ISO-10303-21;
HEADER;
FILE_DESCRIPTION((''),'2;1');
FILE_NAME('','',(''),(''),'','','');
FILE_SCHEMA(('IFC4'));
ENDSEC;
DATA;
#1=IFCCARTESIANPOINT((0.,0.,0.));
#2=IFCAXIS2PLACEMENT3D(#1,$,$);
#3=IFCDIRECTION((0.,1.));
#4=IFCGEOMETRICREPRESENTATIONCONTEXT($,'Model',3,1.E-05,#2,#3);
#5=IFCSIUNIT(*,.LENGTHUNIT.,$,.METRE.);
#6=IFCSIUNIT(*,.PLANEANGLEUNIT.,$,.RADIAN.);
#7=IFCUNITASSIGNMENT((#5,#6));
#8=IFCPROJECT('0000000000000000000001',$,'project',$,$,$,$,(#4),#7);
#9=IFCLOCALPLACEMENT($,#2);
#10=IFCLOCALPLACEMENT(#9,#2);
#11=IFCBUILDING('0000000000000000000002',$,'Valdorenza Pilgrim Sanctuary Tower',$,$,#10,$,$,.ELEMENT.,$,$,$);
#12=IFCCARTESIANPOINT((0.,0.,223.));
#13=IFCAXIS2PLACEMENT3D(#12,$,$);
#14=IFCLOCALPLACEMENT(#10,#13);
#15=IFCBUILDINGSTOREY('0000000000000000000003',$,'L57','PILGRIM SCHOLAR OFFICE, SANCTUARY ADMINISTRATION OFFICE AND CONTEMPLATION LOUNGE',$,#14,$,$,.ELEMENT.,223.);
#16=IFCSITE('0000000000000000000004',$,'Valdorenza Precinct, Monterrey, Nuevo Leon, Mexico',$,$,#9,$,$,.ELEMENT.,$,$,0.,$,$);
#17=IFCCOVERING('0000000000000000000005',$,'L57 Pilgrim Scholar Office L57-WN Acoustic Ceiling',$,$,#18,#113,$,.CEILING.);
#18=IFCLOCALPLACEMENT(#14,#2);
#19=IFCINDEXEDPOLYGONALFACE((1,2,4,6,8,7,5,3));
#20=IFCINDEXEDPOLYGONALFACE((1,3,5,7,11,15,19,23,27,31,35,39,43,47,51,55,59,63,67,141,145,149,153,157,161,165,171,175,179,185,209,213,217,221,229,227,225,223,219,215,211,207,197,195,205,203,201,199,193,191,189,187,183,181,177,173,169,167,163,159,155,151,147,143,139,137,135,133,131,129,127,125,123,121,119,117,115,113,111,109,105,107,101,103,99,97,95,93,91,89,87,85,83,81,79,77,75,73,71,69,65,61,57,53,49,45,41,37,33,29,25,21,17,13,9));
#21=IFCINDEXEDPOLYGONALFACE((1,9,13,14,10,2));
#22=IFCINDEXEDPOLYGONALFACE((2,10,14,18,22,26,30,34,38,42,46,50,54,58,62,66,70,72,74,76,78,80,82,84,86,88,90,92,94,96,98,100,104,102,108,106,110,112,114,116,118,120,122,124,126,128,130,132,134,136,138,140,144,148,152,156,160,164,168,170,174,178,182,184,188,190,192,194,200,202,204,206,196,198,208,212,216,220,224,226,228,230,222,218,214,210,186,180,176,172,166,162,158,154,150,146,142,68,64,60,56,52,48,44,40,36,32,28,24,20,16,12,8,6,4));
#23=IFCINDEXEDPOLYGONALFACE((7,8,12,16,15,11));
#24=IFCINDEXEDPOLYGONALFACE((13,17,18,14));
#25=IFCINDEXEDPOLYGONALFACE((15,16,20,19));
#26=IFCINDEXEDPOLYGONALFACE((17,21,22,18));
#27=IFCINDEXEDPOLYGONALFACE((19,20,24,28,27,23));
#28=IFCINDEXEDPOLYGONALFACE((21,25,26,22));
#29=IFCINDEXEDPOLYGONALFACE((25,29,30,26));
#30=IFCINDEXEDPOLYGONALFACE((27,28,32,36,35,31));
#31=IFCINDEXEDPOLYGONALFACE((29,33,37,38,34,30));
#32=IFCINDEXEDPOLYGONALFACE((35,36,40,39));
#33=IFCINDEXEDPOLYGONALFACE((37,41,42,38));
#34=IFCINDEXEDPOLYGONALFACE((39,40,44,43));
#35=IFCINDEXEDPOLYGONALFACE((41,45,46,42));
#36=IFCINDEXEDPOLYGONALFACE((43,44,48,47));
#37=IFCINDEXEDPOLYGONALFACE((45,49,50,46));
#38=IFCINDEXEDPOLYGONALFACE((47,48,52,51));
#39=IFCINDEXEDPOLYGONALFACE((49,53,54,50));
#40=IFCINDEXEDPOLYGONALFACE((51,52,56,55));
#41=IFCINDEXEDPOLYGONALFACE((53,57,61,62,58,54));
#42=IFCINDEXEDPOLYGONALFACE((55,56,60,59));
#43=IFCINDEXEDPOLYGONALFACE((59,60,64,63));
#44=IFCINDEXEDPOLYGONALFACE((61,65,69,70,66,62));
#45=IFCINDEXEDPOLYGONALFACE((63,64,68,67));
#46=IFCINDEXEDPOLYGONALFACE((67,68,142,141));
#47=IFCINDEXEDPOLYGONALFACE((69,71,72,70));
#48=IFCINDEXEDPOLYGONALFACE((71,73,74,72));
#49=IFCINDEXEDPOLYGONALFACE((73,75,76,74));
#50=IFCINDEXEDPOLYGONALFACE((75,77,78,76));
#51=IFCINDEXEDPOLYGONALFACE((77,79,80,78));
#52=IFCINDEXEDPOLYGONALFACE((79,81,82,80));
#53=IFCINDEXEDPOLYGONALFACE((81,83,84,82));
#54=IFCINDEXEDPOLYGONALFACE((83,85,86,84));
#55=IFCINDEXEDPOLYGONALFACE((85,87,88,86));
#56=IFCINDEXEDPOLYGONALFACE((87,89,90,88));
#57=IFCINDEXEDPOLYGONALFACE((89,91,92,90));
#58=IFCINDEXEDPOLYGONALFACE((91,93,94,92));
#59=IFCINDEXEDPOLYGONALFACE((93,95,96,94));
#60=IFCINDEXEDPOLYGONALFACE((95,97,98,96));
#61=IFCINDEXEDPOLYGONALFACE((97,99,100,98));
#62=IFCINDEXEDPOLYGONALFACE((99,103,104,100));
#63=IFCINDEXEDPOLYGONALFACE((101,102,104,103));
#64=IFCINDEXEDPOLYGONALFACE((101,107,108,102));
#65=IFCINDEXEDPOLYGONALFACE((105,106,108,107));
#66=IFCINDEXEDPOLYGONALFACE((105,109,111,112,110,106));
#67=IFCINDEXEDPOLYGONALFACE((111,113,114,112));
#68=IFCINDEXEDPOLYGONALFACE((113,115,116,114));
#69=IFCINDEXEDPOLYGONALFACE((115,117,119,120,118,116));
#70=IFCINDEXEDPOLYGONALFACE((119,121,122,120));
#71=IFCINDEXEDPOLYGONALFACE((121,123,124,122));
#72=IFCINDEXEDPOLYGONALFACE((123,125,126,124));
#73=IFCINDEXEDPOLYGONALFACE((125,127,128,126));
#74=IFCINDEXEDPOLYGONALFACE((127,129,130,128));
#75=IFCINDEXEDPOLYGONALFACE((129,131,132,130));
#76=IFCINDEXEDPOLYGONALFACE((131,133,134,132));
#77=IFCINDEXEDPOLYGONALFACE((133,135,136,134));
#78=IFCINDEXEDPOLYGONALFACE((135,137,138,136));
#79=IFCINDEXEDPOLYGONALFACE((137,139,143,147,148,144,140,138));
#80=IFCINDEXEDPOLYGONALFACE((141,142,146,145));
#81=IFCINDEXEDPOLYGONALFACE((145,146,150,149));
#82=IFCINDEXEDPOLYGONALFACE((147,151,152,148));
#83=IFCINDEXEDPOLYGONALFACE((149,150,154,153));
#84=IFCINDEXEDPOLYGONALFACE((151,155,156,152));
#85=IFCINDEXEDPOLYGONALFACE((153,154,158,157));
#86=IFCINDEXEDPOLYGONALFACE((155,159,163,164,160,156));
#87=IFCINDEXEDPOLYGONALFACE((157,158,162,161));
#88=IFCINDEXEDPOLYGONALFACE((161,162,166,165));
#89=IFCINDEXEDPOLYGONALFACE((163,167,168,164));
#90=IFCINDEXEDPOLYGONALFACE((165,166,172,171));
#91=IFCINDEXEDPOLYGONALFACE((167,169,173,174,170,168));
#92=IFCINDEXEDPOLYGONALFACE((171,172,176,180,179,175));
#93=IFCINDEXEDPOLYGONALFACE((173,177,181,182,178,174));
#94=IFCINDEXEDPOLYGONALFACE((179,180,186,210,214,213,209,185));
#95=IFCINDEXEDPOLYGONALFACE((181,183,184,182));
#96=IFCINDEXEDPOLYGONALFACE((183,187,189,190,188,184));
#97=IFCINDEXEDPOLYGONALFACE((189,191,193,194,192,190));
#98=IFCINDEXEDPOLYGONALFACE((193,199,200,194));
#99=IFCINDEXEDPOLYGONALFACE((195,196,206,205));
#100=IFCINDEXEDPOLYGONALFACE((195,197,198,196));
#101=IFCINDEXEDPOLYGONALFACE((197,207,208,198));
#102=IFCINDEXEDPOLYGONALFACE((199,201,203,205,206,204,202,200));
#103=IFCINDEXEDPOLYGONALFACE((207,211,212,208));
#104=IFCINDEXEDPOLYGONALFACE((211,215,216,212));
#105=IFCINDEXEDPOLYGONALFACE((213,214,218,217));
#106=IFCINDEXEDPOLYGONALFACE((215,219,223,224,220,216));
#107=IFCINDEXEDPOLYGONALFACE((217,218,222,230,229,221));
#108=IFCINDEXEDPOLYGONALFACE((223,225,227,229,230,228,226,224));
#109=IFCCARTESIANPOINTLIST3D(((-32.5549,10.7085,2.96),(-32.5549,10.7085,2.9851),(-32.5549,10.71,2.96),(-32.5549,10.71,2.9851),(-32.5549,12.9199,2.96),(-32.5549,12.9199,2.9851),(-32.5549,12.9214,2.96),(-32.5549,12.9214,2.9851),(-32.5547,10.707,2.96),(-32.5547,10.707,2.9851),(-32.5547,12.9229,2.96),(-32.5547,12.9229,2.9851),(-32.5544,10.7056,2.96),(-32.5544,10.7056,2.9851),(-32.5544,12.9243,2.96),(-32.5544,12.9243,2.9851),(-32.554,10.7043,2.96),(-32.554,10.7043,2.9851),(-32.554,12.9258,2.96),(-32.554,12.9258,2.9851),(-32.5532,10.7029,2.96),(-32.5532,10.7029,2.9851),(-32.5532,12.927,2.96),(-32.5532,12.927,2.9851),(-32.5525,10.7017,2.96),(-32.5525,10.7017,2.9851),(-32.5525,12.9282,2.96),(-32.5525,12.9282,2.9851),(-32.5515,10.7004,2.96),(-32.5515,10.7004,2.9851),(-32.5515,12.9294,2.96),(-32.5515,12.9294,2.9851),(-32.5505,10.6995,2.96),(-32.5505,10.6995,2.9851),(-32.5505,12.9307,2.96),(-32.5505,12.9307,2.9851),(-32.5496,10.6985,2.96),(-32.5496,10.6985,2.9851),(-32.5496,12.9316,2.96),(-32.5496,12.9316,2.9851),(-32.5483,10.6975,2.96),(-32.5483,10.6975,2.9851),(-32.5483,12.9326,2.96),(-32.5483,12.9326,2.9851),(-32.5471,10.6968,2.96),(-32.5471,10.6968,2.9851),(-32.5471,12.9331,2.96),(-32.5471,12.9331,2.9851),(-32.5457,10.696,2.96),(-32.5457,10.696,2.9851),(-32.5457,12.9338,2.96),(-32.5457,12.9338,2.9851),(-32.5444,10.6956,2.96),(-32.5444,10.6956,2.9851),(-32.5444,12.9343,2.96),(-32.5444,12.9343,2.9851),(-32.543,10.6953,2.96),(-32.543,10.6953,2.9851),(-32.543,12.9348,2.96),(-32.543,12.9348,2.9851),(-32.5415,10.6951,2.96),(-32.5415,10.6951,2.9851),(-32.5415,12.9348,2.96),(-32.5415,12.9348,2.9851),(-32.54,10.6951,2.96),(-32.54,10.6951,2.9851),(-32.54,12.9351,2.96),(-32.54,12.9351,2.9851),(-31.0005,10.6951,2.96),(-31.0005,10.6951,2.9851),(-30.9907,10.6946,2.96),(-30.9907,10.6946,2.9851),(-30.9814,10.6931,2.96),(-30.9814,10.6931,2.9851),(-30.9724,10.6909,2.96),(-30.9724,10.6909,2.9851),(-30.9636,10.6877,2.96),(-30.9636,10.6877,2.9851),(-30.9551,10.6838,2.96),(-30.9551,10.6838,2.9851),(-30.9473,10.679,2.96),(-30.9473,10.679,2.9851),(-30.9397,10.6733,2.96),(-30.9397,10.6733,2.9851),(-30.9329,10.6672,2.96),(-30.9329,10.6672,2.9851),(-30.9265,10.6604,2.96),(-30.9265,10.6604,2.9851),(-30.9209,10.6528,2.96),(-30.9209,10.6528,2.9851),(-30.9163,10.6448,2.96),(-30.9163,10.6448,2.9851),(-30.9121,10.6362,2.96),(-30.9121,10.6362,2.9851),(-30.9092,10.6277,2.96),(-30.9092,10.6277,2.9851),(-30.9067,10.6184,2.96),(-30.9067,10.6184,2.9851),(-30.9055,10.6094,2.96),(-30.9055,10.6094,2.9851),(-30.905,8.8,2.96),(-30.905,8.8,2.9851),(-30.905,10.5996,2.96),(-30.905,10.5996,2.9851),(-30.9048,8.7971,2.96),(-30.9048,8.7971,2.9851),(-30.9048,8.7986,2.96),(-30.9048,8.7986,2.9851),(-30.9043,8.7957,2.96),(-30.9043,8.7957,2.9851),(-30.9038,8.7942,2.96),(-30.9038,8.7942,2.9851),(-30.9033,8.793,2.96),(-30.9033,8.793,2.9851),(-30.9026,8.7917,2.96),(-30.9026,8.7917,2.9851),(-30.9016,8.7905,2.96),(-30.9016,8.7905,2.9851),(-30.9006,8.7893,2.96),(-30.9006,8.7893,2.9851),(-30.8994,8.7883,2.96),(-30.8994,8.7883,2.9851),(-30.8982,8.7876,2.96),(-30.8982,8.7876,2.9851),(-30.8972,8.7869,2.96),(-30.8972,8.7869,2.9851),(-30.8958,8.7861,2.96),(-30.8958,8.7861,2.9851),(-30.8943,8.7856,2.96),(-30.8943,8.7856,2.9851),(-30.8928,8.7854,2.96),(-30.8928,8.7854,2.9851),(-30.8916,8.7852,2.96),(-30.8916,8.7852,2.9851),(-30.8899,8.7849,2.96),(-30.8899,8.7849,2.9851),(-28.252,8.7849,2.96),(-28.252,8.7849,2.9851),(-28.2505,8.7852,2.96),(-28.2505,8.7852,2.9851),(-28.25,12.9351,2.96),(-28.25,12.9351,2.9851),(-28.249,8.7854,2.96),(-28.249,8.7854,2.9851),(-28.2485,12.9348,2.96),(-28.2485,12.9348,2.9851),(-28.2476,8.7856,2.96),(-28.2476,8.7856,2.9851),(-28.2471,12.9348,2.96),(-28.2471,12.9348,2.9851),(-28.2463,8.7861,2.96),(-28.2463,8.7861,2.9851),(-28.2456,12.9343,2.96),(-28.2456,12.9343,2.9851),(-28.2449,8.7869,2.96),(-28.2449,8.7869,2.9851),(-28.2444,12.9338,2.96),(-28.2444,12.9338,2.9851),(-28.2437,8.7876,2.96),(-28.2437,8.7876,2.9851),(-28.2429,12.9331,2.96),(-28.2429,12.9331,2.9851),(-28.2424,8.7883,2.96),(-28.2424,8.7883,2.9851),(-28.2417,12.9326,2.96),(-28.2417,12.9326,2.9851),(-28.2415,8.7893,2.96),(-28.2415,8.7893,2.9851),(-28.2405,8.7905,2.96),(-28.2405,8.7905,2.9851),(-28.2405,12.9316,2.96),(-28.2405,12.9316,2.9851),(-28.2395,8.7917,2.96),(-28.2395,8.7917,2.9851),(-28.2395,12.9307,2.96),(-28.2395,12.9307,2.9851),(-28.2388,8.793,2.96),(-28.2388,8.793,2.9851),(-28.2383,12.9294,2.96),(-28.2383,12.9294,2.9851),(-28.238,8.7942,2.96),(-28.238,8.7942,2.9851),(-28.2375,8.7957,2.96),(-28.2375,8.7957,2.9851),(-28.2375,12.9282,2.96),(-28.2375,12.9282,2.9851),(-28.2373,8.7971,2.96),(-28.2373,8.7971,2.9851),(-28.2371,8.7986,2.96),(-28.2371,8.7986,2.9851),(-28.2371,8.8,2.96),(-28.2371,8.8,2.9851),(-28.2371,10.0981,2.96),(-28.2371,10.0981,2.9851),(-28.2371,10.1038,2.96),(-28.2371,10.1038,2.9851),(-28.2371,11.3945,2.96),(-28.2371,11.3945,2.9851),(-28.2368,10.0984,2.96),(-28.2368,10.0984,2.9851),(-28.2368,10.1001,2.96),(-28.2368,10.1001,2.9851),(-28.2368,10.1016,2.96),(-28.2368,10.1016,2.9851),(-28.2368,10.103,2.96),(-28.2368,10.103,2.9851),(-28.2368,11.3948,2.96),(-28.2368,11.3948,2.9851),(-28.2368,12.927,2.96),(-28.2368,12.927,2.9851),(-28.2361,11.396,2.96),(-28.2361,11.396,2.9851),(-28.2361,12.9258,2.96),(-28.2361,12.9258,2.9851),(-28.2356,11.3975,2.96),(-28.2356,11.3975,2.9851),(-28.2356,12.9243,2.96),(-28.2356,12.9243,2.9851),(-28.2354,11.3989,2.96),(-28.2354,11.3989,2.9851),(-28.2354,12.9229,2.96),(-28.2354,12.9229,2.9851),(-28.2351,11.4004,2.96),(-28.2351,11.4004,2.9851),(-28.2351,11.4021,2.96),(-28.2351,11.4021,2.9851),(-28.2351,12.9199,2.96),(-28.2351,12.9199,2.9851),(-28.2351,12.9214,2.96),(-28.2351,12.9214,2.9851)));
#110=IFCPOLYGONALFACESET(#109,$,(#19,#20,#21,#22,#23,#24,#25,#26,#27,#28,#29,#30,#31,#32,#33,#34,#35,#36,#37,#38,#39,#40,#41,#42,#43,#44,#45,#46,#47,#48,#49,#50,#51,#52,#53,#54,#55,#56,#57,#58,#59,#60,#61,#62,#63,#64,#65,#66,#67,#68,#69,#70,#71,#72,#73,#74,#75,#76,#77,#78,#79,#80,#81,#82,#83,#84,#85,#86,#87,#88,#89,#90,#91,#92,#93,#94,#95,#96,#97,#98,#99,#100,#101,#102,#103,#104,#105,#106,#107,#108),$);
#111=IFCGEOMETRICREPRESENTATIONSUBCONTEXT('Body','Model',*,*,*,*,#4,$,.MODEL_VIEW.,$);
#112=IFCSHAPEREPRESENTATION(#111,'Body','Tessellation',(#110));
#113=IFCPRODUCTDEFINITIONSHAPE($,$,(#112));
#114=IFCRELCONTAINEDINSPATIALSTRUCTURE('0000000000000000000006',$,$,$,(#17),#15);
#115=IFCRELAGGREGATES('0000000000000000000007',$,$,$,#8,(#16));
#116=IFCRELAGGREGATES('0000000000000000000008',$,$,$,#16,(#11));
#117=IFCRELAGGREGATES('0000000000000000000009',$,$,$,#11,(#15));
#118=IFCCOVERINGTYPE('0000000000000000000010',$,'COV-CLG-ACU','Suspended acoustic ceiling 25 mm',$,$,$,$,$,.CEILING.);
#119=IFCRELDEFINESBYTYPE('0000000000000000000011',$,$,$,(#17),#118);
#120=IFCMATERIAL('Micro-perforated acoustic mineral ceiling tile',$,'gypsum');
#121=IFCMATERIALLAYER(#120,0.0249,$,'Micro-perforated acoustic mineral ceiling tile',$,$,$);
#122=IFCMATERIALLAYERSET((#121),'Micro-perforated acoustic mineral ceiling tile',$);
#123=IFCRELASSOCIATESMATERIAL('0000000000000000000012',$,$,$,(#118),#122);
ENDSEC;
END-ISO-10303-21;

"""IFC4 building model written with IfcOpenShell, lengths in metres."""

from ifc_helpers import new_model, si_unit, direction, frame, origin, place, context, subcontext, project, spatial, polyline, outline, extrude, material, layer, layer_set, type_object, element, save


model = new_model("IFC4")

# Units and contexts
model_context = context("Model", 3, precision=1e-05, world=origin(), true_north=direction((0.0, 1.0)))
body_context = subcontext(model_context, "Body", "Model", "MODEL_VIEW")
ifc_project = project(units=[si_unit("LENGTHUNIT", "METRE"), si_unit("PLANEANGLEUNIT", "RADIAN")], contexts=[model_context])

# Site, building, storey
site_placement = place(None, origin())
site = spatial("IfcSite", under=ifc_project, at=site_placement, Name="Valdorenza Precinct, Monterrey, Nuevo Leon, Mexico", CompositionType="ELEMENT", RefElevation=0.0)
building_placement = place(site_placement, origin())
building = spatial("IfcBuilding", under=site, at=building_placement, Name="Valdorenza Pilgrim Sanctuary Tower", CompositionType="ELEMENT")
storey_placement = place(building_placement, frame((0.0, 0.0, 223.0)))
storey = spatial("IfcBuildingStorey", under=building, at=storey_placement, Name="L57", Description="PILGRIM SCHOLAR OFFICE, SANCTUARY ADMINISTRATION OFFICE AND CONTEMPLATION LOUNGE", CompositionType="ELEMENT", Elevation=223.0)

# Covering
ifc_material_1 = material(Name="Micro-perforated acoustic mineral ceiling tile", Category="gypsum")
ifc_layer_1 = layer(ifc_material_1, 0.0249, Name="Micro-perforated acoustic mineral ceiling tile")
ifc_layer_set_1 = layer_set([ifc_layer_1], Name="Micro-perforated acoustic mineral ceiling tile")
covering_type_1 = type_object("IfcCoveringType", Name="COV-CLG-ACU", Description="Suspended acoustic ceiling 25 mm", PredefinedType="CEILING", material=ifc_layer_set_1)
covering_1_placement = place(storey_placement, frame((0.0, 0.0, 2.96)))
element("IfcCovering", 1, at=covering_1_placement, inside=storey, type_object=covering_type_1, Name="L57 Pilgrim Scholar Office L57-WN Acoustic Ceiling", PredefinedType="CEILING", context=body_context, shape_type="SweptSolid", body=[
    extrude(outline(polyline([(-28.2371, 11.3945), (-28.2371, 10.1038), (-28.2368, 10.103), (-28.2368, 10.1016), (-28.2368, 10.1001), (-28.2368, 10.0984), (-28.2371, 10.0981), (-28.2371, 8.8), (-28.2371, 8.7986), (-28.2373, 8.7971), (-28.2375, 8.7957), (-28.238, 8.7942), (-28.2388, 8.793), (-28.2395, 8.7917), (-28.2405, 8.7905), (-28.2415, 8.7893), (-28.2424, 8.7883), (-28.2437, 8.7876), (-28.2449, 8.7869), (-28.2463, 8.7861), (-28.2476, 8.7856), (-28.249, 8.7854), (-28.2505, 8.7852), (-28.252, 8.7849), (-30.8899, 8.7849), (-30.8916, 8.7852), (-30.8928, 8.7854), (-30.8943, 8.7856), (-30.8958, 8.7861), (-30.8972, 8.7869), (-30.8982, 8.7876), (-30.8994, 8.7883), (-30.9006, 8.7893), (-30.9016, 8.7905), (-30.9026, 8.7917), (-30.9033, 8.793), (-30.9038, 8.7942), (-30.9043, 8.7957), (-30.9048, 8.7971), (-30.9048, 8.7986), (-30.905, 8.8), (-30.905, 10.5996), (-30.9055, 10.6094), (-30.9067, 10.6184), (-30.9092, 10.6277), (-30.9121, 10.6362), (-30.9163, 10.6448), (-30.9209, 10.6528), (-30.9265, 10.6604), (-30.9329, 10.6672), (-30.9397, 10.6733), (-30.9473, 10.679), (-30.9551, 10.6838), (-30.9636, 10.6877), (-30.9724, 10.6909), (-30.9814, 10.6931), (-30.9907, 10.6946), (-31.0005, 10.6951), (-32.54, 10.6951), (-32.5415, 10.6951), (-32.543, 10.6953), (-32.5444, 10.6956), (-32.5457, 10.696), (-32.5471, 10.6968), (-32.5483, 10.6975), (-32.5496, 10.6985), (-32.5505, 10.6995), (-32.5515, 10.7004), (-32.5525, 10.7017), (-32.5532, 10.7029), (-32.554, 10.7043), (-32.5544, 10.7056), (-32.5547, 10.707), (-32.5549, 10.7085), (-32.5549, 10.71), (-32.5549, 12.9199), (-32.5549, 12.9214), (-32.5547, 12.9229), (-32.5544, 12.9243), (-32.554, 12.9258), (-32.5532, 12.927), (-32.5525, 12.9282), (-32.5515, 12.9294), (-32.5505, 12.9307), (-32.5496, 12.9316), (-32.5483, 12.9326), (-32.5471, 12.9331), (-32.5457, 12.9338), (-32.5444, 12.9343), (-32.543, 12.9348), (-32.5415, 12.9348), (-32.54, 12.9351), (-28.25, 12.9351), (-28.2485, 12.9348), (-28.2471, 12.9348), (-28.2456, 12.9343), (-28.2444, 12.9338), (-28.2429, 12.9331), (-28.2417, 12.9326), (-28.2405, 12.9316), (-28.2395, 12.9307), (-28.2383, 12.9294), (-28.2375, 12.9282), (-28.2368, 12.927), (-28.2361, 12.9258), (-28.2356, 12.9243), (-28.2354, 12.9229), (-28.2351, 12.9214), (-28.2351, 12.9199), (-28.2351, 11.4021), (-28.2351, 11.4004), (-28.2354, 11.3989), (-28.2356, 11.3975), (-28.2361, 11.396), (-28.2368, 11.3948), (-28.2371, 11.3945)])), origin(), (0.0, 0.0, 1.0), 0.0251),
])

save(model, "model.ifc")
